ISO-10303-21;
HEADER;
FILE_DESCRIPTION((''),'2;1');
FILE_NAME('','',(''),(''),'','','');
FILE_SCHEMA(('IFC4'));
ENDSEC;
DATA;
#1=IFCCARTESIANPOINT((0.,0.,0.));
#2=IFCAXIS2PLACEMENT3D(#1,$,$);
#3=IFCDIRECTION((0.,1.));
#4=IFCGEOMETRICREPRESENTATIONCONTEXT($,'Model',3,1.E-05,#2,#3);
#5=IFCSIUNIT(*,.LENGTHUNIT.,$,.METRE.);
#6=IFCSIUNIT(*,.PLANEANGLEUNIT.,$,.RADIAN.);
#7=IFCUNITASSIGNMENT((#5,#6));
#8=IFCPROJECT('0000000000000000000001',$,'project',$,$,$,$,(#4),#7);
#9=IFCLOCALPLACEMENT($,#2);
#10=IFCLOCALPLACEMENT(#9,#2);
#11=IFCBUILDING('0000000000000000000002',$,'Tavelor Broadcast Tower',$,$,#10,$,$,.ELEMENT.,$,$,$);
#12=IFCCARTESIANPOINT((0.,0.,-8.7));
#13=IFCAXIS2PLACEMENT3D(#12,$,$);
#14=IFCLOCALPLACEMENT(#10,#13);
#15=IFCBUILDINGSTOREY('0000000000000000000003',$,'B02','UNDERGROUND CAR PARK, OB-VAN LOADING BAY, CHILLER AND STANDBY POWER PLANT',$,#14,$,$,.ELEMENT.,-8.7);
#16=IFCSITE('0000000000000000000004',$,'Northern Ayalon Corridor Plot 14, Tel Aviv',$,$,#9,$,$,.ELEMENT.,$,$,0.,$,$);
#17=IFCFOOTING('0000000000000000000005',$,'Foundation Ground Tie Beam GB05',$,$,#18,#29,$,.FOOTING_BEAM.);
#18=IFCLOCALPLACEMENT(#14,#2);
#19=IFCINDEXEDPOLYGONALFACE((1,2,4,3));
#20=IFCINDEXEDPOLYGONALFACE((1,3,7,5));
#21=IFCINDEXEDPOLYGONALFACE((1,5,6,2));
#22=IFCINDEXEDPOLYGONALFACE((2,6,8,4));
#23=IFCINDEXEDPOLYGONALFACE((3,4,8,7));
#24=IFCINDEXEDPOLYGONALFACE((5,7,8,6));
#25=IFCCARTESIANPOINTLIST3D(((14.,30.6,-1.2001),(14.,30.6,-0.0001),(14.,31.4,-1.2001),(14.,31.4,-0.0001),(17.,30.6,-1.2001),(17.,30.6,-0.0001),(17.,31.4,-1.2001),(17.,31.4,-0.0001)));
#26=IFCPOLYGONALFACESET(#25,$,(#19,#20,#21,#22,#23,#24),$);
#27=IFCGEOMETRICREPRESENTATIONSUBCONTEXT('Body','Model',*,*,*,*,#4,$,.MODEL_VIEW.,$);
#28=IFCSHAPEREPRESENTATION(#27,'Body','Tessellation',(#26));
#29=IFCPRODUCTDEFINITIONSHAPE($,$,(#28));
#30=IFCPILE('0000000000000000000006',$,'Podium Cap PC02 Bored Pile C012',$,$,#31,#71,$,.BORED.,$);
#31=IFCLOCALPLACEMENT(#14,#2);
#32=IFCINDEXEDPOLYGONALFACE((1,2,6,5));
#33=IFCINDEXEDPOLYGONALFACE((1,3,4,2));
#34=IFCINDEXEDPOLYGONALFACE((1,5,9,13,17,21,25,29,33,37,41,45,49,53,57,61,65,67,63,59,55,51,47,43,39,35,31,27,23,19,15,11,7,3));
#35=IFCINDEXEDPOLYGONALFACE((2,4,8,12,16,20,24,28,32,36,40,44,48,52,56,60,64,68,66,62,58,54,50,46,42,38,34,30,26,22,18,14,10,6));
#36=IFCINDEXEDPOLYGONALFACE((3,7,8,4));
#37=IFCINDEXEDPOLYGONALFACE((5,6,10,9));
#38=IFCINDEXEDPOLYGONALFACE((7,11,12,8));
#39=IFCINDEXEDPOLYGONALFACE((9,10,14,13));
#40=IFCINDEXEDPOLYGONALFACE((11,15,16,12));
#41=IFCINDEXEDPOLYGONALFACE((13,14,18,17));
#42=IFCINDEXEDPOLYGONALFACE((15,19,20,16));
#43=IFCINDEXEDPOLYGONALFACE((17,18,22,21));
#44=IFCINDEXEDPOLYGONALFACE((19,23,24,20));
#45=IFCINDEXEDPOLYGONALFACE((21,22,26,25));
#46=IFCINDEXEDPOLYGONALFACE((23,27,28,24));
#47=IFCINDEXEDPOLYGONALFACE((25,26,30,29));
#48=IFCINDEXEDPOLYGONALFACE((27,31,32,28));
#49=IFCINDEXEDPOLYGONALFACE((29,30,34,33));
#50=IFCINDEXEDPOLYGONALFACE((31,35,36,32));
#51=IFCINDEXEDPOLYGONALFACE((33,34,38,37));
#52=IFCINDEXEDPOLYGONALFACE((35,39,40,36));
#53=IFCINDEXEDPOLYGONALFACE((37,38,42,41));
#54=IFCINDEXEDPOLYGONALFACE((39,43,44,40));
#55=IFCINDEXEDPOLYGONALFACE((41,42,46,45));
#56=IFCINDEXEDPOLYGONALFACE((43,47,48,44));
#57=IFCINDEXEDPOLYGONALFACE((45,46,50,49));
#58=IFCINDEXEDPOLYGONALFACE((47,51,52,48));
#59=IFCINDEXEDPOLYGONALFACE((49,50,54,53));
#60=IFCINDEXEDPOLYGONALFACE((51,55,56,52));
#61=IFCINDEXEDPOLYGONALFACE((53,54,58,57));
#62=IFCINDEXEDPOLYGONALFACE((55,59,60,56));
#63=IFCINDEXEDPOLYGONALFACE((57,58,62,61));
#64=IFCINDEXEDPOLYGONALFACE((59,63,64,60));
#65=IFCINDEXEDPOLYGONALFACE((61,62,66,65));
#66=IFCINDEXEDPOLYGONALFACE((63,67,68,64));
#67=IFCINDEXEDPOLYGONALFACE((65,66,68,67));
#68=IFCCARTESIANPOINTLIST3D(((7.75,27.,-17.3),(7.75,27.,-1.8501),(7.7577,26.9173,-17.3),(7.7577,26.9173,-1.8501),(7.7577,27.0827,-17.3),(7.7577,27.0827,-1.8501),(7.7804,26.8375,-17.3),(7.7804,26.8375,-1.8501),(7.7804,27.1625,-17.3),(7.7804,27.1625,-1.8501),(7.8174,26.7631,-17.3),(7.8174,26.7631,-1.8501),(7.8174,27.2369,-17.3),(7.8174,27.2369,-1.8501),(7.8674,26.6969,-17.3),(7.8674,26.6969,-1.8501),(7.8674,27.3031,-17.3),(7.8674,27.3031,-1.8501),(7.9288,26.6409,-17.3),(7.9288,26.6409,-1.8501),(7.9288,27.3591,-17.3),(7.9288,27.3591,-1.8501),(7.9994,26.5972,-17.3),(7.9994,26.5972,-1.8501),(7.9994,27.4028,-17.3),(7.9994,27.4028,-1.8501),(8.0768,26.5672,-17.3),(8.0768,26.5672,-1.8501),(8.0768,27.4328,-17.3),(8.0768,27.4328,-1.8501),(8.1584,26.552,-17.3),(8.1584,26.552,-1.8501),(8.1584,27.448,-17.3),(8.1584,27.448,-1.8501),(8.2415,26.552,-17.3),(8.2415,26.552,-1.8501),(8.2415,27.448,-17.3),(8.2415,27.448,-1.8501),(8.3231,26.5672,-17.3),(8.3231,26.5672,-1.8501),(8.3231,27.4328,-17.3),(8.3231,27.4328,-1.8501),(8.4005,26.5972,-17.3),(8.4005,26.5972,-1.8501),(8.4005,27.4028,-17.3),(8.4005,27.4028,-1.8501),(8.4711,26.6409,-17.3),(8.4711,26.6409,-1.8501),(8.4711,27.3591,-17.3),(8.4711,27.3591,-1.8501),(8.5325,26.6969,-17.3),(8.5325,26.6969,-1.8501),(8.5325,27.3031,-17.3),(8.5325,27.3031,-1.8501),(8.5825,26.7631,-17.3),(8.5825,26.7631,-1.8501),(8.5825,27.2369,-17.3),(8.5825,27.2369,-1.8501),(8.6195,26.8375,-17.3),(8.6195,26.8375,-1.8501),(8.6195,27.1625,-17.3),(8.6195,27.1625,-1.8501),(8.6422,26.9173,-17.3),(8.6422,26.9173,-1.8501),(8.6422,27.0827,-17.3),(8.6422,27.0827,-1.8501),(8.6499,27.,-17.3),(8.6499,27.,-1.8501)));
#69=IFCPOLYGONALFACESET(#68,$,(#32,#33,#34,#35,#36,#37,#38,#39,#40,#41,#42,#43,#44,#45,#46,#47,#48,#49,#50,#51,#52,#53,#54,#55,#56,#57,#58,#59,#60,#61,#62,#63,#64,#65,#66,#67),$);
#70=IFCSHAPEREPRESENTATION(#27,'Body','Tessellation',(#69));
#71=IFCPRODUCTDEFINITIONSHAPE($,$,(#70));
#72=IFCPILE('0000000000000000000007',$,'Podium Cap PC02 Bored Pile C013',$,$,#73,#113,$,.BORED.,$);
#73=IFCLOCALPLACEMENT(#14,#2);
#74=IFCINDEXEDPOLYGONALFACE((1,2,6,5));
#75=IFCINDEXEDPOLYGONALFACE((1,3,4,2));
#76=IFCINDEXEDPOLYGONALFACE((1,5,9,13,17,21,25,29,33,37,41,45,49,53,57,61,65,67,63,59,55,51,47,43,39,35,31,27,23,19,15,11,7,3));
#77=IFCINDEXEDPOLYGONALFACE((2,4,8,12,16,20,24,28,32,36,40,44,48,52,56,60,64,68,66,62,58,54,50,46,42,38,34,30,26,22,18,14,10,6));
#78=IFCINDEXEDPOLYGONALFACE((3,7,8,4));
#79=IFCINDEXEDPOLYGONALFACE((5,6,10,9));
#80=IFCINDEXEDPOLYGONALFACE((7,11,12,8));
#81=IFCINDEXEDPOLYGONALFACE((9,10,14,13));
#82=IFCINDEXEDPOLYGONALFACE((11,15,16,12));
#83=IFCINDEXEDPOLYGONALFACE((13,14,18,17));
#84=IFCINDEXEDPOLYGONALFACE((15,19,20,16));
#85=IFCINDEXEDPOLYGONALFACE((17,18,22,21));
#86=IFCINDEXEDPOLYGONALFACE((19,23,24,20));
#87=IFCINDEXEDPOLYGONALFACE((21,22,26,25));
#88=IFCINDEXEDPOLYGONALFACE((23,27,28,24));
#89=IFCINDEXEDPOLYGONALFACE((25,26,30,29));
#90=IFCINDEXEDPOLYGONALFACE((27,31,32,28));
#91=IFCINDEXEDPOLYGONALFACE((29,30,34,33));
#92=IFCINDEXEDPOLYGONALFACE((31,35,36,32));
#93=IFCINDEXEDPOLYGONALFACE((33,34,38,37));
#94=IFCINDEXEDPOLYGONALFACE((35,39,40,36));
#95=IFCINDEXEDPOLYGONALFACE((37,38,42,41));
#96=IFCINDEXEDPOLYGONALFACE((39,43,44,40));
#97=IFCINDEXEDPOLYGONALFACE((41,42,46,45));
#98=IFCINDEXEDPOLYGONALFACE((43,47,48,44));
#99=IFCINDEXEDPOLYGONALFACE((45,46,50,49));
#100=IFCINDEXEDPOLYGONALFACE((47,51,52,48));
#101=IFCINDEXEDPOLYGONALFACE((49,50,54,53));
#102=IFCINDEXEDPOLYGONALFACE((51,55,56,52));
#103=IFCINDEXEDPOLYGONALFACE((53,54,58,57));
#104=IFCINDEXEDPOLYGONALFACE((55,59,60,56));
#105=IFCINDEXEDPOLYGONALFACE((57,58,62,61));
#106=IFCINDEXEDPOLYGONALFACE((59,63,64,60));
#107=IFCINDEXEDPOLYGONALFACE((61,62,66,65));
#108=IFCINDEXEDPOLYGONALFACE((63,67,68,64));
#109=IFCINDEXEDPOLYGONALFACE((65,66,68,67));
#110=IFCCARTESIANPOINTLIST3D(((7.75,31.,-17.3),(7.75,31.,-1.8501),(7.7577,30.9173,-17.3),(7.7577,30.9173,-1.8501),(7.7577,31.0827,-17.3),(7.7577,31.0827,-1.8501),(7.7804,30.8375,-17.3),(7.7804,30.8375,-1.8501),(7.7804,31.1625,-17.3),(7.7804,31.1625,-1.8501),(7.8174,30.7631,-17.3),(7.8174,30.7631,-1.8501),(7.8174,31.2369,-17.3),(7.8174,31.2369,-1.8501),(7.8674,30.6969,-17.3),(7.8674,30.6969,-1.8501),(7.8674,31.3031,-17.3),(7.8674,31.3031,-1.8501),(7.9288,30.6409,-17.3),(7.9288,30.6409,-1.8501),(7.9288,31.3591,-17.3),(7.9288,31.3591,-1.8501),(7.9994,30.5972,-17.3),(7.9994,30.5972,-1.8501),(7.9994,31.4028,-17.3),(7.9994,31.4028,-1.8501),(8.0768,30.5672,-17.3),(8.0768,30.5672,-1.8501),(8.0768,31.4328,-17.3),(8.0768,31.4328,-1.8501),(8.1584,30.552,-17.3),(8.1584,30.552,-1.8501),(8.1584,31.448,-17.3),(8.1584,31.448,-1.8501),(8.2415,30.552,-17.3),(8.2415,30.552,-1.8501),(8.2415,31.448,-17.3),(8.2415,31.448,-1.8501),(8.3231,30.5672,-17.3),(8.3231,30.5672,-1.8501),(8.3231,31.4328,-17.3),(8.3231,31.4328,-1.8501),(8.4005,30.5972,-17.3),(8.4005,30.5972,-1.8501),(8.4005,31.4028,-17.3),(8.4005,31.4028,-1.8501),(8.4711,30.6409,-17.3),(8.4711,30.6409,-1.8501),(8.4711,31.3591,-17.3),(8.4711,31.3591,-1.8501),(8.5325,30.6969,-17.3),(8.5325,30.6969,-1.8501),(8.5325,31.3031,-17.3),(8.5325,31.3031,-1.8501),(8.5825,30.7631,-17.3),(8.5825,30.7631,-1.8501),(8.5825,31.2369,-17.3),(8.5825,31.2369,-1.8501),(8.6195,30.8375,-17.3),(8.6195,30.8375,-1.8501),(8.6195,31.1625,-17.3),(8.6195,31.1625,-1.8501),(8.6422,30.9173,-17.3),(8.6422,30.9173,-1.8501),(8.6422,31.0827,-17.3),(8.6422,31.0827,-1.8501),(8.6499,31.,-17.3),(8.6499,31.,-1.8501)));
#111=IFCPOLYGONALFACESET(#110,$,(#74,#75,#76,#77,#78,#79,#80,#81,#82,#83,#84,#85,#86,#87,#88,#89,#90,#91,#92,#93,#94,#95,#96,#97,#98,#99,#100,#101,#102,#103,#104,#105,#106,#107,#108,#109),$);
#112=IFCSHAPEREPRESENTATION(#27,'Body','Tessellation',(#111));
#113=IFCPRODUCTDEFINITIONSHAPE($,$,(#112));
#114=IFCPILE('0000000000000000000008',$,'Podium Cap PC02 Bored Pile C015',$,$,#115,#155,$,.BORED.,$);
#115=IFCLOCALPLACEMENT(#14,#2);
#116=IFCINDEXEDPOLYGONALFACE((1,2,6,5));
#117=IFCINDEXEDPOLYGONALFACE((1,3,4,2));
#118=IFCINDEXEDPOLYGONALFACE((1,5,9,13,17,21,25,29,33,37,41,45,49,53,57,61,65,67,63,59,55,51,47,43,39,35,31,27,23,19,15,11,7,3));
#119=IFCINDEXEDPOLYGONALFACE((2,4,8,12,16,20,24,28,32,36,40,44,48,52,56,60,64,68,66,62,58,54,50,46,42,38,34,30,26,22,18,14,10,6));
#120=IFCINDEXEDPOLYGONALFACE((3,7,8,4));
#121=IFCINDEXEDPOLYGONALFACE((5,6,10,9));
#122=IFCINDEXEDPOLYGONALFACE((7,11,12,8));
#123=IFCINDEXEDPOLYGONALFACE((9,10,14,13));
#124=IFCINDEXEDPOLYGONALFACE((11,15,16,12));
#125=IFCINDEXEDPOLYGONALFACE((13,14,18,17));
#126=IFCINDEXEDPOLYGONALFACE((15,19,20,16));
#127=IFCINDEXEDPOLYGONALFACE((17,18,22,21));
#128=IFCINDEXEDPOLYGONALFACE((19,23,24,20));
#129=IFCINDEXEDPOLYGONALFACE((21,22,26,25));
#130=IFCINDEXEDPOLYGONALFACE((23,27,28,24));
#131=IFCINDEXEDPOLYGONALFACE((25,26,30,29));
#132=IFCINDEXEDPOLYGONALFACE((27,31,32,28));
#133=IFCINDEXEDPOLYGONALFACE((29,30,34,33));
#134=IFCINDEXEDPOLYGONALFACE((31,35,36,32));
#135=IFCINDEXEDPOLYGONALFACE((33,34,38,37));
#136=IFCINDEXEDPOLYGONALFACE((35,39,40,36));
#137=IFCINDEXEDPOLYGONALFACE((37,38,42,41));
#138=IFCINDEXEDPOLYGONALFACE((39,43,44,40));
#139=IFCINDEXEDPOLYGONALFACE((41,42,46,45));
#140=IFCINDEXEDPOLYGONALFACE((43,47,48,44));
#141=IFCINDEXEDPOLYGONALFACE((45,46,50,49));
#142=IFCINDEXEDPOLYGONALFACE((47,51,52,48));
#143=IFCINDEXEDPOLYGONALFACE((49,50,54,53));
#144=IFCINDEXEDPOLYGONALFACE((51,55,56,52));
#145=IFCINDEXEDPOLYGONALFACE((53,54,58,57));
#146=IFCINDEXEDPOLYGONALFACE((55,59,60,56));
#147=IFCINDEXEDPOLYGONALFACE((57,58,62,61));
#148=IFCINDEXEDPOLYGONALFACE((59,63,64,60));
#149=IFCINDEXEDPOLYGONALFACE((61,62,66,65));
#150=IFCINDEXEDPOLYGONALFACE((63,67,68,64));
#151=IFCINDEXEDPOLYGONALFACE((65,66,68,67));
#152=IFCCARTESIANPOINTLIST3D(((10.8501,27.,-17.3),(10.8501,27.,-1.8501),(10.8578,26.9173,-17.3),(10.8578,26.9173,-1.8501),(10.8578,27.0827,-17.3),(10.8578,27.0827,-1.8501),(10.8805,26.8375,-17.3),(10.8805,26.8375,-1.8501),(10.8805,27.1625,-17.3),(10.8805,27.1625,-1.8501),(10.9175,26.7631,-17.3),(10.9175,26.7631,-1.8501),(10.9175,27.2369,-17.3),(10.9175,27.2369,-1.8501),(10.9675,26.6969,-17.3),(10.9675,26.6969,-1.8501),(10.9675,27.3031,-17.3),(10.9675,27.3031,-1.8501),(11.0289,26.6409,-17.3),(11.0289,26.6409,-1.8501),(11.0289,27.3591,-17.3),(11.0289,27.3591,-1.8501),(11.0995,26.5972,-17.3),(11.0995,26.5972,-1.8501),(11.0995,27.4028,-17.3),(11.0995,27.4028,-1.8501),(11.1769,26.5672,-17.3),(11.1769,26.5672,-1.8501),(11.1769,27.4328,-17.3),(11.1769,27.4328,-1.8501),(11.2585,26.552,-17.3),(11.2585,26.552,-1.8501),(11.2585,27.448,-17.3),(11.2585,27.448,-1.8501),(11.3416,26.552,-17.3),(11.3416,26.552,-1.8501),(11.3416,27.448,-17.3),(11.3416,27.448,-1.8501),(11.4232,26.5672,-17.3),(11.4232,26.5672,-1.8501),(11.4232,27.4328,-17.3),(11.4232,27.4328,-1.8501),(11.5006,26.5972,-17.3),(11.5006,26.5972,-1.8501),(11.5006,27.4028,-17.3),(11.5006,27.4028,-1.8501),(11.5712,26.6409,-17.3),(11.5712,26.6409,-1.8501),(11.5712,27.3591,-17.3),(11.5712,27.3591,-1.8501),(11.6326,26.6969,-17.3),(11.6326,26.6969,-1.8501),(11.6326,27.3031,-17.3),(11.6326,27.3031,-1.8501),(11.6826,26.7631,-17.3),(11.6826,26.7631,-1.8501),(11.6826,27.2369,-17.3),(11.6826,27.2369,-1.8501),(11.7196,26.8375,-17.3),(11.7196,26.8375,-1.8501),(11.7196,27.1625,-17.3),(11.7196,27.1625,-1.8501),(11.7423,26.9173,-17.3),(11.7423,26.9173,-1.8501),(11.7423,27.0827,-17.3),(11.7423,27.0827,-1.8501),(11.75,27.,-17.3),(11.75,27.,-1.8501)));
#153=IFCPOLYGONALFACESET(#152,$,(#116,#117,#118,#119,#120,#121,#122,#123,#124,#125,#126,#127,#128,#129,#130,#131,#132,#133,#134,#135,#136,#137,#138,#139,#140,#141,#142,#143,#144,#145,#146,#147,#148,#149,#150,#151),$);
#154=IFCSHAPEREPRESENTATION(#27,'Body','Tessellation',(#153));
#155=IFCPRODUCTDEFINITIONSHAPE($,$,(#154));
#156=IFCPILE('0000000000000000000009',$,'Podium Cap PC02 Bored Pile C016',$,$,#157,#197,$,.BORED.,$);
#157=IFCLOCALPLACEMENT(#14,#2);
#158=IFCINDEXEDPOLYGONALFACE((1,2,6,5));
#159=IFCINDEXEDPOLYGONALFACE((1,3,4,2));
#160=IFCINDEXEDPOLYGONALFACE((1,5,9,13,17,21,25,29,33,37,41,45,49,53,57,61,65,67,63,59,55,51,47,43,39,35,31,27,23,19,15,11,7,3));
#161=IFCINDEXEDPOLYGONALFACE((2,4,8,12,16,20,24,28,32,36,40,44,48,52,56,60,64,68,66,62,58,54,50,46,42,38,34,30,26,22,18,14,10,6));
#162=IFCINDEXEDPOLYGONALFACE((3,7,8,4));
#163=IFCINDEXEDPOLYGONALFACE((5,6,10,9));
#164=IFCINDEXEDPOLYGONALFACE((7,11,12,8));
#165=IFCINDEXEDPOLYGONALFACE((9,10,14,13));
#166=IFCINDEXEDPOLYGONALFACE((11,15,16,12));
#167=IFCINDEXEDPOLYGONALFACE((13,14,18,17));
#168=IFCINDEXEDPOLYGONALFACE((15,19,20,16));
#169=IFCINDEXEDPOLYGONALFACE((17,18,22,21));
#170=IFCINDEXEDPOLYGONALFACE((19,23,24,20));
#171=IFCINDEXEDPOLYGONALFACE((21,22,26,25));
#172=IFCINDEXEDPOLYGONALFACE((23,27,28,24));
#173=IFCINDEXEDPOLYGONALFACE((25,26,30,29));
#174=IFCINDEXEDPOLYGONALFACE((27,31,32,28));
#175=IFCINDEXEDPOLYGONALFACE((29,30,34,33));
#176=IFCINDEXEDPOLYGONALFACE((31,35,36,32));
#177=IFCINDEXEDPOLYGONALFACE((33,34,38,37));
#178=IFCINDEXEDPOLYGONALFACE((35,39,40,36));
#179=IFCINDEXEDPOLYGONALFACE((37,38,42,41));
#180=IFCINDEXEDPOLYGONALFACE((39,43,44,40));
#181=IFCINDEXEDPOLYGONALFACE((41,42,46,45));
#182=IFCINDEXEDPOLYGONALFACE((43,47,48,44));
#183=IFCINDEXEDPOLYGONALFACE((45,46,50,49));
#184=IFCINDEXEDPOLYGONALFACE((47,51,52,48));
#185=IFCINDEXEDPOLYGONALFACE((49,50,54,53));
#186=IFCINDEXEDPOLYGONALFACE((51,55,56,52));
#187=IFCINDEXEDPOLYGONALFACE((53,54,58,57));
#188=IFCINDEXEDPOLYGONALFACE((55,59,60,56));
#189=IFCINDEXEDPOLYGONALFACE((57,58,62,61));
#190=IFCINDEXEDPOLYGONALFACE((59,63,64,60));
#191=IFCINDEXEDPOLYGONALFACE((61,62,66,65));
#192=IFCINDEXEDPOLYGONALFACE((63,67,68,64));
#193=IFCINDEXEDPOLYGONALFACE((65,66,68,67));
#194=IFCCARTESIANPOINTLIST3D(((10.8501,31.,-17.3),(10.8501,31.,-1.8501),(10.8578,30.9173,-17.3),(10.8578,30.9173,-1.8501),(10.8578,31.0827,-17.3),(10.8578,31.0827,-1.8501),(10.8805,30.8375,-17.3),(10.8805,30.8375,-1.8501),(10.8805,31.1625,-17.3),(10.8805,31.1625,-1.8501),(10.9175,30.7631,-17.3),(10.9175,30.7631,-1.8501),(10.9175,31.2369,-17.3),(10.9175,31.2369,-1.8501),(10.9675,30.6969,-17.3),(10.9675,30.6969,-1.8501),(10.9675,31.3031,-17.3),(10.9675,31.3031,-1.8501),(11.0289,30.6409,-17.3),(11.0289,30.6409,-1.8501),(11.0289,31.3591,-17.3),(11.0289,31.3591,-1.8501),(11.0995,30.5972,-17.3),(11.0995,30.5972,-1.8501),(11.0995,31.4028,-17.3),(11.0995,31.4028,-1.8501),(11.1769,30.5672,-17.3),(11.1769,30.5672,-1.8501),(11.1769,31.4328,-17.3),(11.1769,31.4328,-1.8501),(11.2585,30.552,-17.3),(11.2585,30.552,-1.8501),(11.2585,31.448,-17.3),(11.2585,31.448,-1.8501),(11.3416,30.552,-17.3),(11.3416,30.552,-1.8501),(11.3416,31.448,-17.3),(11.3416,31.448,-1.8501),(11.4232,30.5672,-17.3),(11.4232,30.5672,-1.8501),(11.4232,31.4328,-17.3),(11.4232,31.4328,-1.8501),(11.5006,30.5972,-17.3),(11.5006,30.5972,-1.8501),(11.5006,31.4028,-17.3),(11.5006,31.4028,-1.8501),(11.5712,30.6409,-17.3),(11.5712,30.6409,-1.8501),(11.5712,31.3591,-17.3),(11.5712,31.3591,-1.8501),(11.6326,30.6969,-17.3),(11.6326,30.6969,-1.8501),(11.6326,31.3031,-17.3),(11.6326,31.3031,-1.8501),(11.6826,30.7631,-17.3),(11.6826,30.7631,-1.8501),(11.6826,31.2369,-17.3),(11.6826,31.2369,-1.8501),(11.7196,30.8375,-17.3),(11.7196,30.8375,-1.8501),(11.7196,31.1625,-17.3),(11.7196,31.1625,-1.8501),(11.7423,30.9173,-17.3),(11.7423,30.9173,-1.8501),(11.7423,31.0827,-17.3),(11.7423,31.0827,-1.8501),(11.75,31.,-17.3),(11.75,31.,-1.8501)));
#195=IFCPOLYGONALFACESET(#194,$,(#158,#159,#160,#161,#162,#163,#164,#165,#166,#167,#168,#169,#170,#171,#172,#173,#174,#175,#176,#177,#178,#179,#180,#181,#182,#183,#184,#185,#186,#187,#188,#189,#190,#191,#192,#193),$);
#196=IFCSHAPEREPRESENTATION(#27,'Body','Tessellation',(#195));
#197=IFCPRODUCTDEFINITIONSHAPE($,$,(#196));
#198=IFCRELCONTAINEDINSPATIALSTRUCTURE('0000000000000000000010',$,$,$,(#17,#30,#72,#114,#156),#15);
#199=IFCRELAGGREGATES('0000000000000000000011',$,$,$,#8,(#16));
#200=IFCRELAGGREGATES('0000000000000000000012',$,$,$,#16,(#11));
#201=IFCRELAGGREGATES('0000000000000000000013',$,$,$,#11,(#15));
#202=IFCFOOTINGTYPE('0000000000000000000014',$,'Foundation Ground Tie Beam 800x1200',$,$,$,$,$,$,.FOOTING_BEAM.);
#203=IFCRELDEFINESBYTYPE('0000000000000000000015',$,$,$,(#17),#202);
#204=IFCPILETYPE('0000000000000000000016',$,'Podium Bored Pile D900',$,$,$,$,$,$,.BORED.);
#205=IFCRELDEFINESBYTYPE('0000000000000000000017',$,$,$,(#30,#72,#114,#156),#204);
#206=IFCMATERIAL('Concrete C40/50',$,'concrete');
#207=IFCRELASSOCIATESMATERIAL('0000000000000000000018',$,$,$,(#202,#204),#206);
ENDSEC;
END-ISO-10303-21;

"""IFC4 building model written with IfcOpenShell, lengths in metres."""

from ifc_helpers import new_model, si_unit, direction, frame, origin, origin_2d, place, context, subcontext, project, spatial, rectangle, circle, extrude, material, material_profile, profile_set, type_object, element, save


model = new_model("IFC4")

# Units and contexts
model_context = context("Model", 3, precision=1e-05, world=origin(), true_north=direction((0.0, 1.0)))
body_context = subcontext(model_context, "Body", "Model", "MODEL_VIEW")
ifc_project = project(units=[si_unit("LENGTHUNIT", "METRE"), si_unit("PLANEANGLEUNIT", "RADIAN")], contexts=[model_context])

# Site, building, storey
site_placement = place(None, origin())
site = spatial("IfcSite", under=ifc_project, at=site_placement, Name="Northern Ayalon Corridor Plot 14, Tel Aviv", CompositionType="ELEMENT", RefElevation=0.0)
building_placement = place(site_placement, origin())
building = spatial("IfcBuilding", under=site, at=building_placement, Name="Tavelor Broadcast Tower", CompositionType="ELEMENT")
storey_placement = place(building_placement, frame((0.0, 0.0, -8.7)))
storey = spatial("IfcBuildingStorey", under=building, at=storey_placement, Name="B02", Description="UNDERGROUND CAR PARK, OB-VAN LOADING BAY, CHILLER AND STANDBY POWER PLANT", CompositionType="ELEMENT", Elevation=-8.7)

# Footing
ifc_material_1 = material(Name="Concrete C40/50", Category="concrete")
ifc_material_profile_1 = material_profile(ifc_material_1, rectangle(XDim=0.8, YDim=1.2, at=origin_2d()), Name="RC 800x1200")
ifc_profile_set_1 = profile_set([ifc_material_profile_1], Name="Concrete C40/50")
footing_type = type_object("IfcFootingType", Name="Foundation Ground Tie Beam 800x1200", PredefinedType="FOOTING_BEAM", material=ifc_profile_set_1)
footing_placement = place(storey_placement, frame((14.0, 31.0, -0.6001), z_axis=(1.0, 0.0, 0.0), x_axis=(0.0, 1.0, 0.0)))
element("IfcFooting", 1, at=footing_placement, inside=storey, type_object=footing_type, Name="Foundation Ground Tie Beam GB05", PredefinedType="FOOTING_BEAM", context=body_context, shape_type="SweptSolid", body=[
    extrude(rectangle(XDim=0.8, YDim=1.2, at=origin_2d()), origin(), (0.0, 0.0, 1.0), 3.0),
])

# Piles
ifc_material_profile_2 = material_profile(ifc_material_1, circle(Radius=0.45, at=origin_2d()), Name="PILE D900")
ifc_profile_set_2 = profile_set([ifc_material_profile_2], Name="Concrete C40/50")
pile_type_1 = type_object("IfcPileType", Name="Podium Bored Pile D900", PredefinedType="BORED", material=ifc_profile_set_2)
for number, where, z_axis, x_axis, name in (
    (2, (8.2, 27.0, -1.8501), (0.0, 0.0, -1.0), (1.0, 0.0, 0.0), "Podium Cap PC02 Bored Pile C012"),
    (3, (8.2, 31.0, -1.8501), (0.0, 0.0, -1.0), (1.0, 0.0, 0.0), "Podium Cap PC02 Bored Pile C013"),
    (4, (11.3, 27.0, -1.8501), (0.0, 0.0, -1.0), (1.0, 0.0, 0.0), "Podium Cap PC02 Bored Pile C015"),
    (5, (11.3, 31.0, -1.8501), (0.0, 0.0, -1.0), (1.0, 0.0, 0.0), "Podium Cap PC02 Bored Pile C016"),
):
    element("IfcPile", number, at=place(storey_placement, frame(where, z_axis=z_axis, x_axis=x_axis)), inside=storey, type_object=pile_type_1, Name=name, PredefinedType="BORED", context=body_context, shape_type="SweptSolid", body=[
        extrude(circle(Radius=0.45, at=origin_2d()), origin(), (0.0, 0.0, 1.0), 15.45),
    ])

save(model, "model.ifc")
